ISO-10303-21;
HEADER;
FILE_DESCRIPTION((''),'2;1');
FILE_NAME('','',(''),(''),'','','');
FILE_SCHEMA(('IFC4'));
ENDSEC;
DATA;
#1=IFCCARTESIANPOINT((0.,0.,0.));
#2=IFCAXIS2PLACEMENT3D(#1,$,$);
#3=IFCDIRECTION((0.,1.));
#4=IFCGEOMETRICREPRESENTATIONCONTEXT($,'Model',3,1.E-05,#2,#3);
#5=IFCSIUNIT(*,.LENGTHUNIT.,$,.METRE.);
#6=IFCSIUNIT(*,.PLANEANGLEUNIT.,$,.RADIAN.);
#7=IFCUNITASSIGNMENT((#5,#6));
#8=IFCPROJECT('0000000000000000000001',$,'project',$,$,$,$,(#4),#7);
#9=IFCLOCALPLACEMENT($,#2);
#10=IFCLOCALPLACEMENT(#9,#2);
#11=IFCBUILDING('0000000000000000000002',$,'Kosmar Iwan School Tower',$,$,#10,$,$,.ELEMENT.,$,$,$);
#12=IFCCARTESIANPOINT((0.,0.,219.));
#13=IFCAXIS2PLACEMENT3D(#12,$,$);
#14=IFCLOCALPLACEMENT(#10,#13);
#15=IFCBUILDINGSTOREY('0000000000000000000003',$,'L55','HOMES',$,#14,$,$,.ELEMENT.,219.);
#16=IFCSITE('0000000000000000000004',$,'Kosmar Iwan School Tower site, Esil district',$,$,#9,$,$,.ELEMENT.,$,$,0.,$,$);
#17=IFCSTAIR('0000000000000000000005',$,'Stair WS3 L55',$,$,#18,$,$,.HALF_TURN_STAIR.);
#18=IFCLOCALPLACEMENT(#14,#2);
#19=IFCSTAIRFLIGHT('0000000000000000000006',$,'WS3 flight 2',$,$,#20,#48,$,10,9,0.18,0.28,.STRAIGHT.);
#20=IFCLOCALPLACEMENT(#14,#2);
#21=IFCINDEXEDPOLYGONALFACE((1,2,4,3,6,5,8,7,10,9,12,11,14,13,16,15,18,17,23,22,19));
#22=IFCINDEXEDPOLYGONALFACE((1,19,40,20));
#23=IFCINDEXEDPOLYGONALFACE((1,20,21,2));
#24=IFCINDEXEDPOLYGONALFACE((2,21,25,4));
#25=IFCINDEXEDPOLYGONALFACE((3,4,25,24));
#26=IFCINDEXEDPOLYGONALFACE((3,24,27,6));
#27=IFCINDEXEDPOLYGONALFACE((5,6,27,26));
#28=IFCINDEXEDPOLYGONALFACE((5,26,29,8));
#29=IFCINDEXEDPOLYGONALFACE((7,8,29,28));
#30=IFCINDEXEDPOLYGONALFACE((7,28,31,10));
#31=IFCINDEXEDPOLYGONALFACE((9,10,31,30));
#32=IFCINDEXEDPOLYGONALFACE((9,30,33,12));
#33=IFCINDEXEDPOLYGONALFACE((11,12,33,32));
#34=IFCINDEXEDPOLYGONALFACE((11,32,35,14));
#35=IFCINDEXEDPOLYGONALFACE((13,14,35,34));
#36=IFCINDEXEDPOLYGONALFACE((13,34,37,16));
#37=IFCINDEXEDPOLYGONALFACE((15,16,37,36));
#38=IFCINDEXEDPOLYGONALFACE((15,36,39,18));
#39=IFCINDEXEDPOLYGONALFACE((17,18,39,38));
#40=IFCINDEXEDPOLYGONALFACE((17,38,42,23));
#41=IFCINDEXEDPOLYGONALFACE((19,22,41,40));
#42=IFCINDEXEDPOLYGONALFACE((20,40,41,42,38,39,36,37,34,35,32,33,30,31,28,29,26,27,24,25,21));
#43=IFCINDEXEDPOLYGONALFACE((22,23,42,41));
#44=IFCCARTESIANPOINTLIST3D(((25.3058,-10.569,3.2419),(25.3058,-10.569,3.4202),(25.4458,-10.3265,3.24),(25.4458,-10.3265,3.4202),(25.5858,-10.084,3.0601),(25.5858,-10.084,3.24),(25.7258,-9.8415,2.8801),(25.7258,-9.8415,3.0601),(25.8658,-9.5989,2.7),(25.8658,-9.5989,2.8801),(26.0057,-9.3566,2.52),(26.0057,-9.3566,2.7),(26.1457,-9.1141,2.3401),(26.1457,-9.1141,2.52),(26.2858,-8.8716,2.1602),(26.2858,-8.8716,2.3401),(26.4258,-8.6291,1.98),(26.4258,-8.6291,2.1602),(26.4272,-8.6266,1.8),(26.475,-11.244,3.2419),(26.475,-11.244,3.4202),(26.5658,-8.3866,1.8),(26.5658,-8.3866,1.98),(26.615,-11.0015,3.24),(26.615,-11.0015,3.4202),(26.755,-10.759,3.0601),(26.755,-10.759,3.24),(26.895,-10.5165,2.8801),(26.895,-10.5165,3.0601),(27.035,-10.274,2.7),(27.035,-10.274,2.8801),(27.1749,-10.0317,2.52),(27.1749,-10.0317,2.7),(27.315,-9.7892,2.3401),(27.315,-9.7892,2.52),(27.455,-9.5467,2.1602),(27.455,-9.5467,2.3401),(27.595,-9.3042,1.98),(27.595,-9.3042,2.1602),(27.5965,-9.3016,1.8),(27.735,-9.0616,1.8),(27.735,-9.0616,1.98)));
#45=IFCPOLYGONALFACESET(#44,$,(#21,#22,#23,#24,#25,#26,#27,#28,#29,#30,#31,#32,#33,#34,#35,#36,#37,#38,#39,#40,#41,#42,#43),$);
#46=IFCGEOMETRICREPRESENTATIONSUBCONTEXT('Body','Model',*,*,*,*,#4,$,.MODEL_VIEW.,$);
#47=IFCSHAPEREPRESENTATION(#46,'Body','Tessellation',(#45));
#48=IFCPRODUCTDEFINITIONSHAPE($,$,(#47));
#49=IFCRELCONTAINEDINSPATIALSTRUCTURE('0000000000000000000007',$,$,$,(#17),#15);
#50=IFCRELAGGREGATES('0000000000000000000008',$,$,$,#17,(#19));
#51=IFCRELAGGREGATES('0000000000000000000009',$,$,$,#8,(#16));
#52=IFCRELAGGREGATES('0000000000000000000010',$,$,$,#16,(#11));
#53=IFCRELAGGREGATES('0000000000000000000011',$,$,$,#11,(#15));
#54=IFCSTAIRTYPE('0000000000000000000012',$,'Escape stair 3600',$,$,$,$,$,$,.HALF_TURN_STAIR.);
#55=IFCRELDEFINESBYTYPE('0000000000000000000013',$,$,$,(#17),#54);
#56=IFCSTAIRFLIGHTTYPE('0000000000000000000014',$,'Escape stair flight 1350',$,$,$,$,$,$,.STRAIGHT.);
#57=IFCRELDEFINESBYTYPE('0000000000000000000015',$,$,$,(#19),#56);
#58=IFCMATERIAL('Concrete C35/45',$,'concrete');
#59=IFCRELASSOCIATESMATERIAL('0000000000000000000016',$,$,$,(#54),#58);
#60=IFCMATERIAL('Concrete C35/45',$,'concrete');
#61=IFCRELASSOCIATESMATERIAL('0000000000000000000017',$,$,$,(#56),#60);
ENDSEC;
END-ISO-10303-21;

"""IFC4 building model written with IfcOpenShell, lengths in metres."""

from ifc_helpers import new_model, si_unit, direction, frame, origin, place, context, subcontext, project, spatial, polyline, outline, extrude, material, type_object, element, aggregate, save


model = new_model("IFC4")

# Units and contexts
model_context = context("Model", 3, precision=1e-05, world=origin(), true_north=direction((0.0, 1.0)))
body_context = subcontext(model_context, "Body", "Model", "MODEL_VIEW")
ifc_project = project(units=[si_unit("LENGTHUNIT", "METRE"), si_unit("PLANEANGLEUNIT", "RADIAN")], contexts=[model_context])

# Site, building, storey
site_placement = place(None, origin())
site = spatial("IfcSite", under=ifc_project, at=site_placement, Name="Kosmar Iwan School Tower site, Esil district", CompositionType="ELEMENT", RefElevation=0.0)
building_placement = place(site_placement, origin())
building = spatial("IfcBuilding", under=site, at=building_placement, Name="Kosmar Iwan School Tower", CompositionType="ELEMENT")
storey_placement = place(building_placement, frame((0.0, 0.0, 219.0)))
storey = spatial("IfcBuildingStorey", under=building, at=storey_placement, Name="L55", Description="HOMES", CompositionType="ELEMENT", Elevation=219.0)

# Stair, stair flight
ifc_material_1 = material(Name="Concrete C35/45", Category="concrete")
stair_type = type_object("IfcStairType", Name="Escape stair 3600", PredefinedType="HALF_TURN_STAIR", material=ifc_material_1)
stair_placement = place(storey_placement, origin())
stair = element("IfcStair", 1, at=stair_placement, inside=storey, type_object=stair_type, Name="Stair WS3 L55", PredefinedType="HALF_TURN_STAIR")
ifc_material_2 = material(Name="Concrete C35/45", Category="concrete")
stair_flight_type = type_object("IfcStairFlightType", Name="Escape stair flight 1350", PredefinedType="STRAIGHT", material=ifc_material_2)
stair_flight_1_placement = place(storey_placement, frame((27.1504, -8.7241, 1.8), z_axis=(0.0, 0.0, 1.0), x_axis=(-0.5, -0.866025, 0.0)))
stair_flight_1 = element("IfcStairFlight", 2, at=stair_flight_1_placement, type_object=stair_flight_type, Name="WS3 flight 2", NumberOfRisers=10, NumberOfTreads=9, PredefinedType="STRAIGHT", RiserHeight=0.18, TreadLength=0.28, context=body_context, shape_type="SweptSolid", body=[
    extrude(outline(polyline([(0.0, 0.0), (0.0, 0.1799), (0.28, 0.1799), (0.28, 0.3601), (0.5601, 0.3601), (0.5601, 0.54), (0.8401, 0.54), (0.8401, 0.72), (1.1201, 0.72), (1.1201, 0.8999), (1.3999, 0.8999), (1.3999, 1.0801), (1.6799, 1.0801), (1.6799, 1.26), (1.96, 1.26), (1.96, 1.4399), (2.24, 1.4399), (2.24, 1.6201), (2.52, 1.6201), (2.52, 1.8), (2.52, 1.4419), (0.2771, 0.0), (0.0, 0.0)])), frame((0.0, 0.675, 0.0), z_axis=(0.0, -1.0, 0.0), x_axis=(1.0, 0.0, 0.0)), (0.0, 0.0, 1.0), 1.3501),
])
aggregate(stair, [stair_flight_1])

save(model, "model.ifc")
